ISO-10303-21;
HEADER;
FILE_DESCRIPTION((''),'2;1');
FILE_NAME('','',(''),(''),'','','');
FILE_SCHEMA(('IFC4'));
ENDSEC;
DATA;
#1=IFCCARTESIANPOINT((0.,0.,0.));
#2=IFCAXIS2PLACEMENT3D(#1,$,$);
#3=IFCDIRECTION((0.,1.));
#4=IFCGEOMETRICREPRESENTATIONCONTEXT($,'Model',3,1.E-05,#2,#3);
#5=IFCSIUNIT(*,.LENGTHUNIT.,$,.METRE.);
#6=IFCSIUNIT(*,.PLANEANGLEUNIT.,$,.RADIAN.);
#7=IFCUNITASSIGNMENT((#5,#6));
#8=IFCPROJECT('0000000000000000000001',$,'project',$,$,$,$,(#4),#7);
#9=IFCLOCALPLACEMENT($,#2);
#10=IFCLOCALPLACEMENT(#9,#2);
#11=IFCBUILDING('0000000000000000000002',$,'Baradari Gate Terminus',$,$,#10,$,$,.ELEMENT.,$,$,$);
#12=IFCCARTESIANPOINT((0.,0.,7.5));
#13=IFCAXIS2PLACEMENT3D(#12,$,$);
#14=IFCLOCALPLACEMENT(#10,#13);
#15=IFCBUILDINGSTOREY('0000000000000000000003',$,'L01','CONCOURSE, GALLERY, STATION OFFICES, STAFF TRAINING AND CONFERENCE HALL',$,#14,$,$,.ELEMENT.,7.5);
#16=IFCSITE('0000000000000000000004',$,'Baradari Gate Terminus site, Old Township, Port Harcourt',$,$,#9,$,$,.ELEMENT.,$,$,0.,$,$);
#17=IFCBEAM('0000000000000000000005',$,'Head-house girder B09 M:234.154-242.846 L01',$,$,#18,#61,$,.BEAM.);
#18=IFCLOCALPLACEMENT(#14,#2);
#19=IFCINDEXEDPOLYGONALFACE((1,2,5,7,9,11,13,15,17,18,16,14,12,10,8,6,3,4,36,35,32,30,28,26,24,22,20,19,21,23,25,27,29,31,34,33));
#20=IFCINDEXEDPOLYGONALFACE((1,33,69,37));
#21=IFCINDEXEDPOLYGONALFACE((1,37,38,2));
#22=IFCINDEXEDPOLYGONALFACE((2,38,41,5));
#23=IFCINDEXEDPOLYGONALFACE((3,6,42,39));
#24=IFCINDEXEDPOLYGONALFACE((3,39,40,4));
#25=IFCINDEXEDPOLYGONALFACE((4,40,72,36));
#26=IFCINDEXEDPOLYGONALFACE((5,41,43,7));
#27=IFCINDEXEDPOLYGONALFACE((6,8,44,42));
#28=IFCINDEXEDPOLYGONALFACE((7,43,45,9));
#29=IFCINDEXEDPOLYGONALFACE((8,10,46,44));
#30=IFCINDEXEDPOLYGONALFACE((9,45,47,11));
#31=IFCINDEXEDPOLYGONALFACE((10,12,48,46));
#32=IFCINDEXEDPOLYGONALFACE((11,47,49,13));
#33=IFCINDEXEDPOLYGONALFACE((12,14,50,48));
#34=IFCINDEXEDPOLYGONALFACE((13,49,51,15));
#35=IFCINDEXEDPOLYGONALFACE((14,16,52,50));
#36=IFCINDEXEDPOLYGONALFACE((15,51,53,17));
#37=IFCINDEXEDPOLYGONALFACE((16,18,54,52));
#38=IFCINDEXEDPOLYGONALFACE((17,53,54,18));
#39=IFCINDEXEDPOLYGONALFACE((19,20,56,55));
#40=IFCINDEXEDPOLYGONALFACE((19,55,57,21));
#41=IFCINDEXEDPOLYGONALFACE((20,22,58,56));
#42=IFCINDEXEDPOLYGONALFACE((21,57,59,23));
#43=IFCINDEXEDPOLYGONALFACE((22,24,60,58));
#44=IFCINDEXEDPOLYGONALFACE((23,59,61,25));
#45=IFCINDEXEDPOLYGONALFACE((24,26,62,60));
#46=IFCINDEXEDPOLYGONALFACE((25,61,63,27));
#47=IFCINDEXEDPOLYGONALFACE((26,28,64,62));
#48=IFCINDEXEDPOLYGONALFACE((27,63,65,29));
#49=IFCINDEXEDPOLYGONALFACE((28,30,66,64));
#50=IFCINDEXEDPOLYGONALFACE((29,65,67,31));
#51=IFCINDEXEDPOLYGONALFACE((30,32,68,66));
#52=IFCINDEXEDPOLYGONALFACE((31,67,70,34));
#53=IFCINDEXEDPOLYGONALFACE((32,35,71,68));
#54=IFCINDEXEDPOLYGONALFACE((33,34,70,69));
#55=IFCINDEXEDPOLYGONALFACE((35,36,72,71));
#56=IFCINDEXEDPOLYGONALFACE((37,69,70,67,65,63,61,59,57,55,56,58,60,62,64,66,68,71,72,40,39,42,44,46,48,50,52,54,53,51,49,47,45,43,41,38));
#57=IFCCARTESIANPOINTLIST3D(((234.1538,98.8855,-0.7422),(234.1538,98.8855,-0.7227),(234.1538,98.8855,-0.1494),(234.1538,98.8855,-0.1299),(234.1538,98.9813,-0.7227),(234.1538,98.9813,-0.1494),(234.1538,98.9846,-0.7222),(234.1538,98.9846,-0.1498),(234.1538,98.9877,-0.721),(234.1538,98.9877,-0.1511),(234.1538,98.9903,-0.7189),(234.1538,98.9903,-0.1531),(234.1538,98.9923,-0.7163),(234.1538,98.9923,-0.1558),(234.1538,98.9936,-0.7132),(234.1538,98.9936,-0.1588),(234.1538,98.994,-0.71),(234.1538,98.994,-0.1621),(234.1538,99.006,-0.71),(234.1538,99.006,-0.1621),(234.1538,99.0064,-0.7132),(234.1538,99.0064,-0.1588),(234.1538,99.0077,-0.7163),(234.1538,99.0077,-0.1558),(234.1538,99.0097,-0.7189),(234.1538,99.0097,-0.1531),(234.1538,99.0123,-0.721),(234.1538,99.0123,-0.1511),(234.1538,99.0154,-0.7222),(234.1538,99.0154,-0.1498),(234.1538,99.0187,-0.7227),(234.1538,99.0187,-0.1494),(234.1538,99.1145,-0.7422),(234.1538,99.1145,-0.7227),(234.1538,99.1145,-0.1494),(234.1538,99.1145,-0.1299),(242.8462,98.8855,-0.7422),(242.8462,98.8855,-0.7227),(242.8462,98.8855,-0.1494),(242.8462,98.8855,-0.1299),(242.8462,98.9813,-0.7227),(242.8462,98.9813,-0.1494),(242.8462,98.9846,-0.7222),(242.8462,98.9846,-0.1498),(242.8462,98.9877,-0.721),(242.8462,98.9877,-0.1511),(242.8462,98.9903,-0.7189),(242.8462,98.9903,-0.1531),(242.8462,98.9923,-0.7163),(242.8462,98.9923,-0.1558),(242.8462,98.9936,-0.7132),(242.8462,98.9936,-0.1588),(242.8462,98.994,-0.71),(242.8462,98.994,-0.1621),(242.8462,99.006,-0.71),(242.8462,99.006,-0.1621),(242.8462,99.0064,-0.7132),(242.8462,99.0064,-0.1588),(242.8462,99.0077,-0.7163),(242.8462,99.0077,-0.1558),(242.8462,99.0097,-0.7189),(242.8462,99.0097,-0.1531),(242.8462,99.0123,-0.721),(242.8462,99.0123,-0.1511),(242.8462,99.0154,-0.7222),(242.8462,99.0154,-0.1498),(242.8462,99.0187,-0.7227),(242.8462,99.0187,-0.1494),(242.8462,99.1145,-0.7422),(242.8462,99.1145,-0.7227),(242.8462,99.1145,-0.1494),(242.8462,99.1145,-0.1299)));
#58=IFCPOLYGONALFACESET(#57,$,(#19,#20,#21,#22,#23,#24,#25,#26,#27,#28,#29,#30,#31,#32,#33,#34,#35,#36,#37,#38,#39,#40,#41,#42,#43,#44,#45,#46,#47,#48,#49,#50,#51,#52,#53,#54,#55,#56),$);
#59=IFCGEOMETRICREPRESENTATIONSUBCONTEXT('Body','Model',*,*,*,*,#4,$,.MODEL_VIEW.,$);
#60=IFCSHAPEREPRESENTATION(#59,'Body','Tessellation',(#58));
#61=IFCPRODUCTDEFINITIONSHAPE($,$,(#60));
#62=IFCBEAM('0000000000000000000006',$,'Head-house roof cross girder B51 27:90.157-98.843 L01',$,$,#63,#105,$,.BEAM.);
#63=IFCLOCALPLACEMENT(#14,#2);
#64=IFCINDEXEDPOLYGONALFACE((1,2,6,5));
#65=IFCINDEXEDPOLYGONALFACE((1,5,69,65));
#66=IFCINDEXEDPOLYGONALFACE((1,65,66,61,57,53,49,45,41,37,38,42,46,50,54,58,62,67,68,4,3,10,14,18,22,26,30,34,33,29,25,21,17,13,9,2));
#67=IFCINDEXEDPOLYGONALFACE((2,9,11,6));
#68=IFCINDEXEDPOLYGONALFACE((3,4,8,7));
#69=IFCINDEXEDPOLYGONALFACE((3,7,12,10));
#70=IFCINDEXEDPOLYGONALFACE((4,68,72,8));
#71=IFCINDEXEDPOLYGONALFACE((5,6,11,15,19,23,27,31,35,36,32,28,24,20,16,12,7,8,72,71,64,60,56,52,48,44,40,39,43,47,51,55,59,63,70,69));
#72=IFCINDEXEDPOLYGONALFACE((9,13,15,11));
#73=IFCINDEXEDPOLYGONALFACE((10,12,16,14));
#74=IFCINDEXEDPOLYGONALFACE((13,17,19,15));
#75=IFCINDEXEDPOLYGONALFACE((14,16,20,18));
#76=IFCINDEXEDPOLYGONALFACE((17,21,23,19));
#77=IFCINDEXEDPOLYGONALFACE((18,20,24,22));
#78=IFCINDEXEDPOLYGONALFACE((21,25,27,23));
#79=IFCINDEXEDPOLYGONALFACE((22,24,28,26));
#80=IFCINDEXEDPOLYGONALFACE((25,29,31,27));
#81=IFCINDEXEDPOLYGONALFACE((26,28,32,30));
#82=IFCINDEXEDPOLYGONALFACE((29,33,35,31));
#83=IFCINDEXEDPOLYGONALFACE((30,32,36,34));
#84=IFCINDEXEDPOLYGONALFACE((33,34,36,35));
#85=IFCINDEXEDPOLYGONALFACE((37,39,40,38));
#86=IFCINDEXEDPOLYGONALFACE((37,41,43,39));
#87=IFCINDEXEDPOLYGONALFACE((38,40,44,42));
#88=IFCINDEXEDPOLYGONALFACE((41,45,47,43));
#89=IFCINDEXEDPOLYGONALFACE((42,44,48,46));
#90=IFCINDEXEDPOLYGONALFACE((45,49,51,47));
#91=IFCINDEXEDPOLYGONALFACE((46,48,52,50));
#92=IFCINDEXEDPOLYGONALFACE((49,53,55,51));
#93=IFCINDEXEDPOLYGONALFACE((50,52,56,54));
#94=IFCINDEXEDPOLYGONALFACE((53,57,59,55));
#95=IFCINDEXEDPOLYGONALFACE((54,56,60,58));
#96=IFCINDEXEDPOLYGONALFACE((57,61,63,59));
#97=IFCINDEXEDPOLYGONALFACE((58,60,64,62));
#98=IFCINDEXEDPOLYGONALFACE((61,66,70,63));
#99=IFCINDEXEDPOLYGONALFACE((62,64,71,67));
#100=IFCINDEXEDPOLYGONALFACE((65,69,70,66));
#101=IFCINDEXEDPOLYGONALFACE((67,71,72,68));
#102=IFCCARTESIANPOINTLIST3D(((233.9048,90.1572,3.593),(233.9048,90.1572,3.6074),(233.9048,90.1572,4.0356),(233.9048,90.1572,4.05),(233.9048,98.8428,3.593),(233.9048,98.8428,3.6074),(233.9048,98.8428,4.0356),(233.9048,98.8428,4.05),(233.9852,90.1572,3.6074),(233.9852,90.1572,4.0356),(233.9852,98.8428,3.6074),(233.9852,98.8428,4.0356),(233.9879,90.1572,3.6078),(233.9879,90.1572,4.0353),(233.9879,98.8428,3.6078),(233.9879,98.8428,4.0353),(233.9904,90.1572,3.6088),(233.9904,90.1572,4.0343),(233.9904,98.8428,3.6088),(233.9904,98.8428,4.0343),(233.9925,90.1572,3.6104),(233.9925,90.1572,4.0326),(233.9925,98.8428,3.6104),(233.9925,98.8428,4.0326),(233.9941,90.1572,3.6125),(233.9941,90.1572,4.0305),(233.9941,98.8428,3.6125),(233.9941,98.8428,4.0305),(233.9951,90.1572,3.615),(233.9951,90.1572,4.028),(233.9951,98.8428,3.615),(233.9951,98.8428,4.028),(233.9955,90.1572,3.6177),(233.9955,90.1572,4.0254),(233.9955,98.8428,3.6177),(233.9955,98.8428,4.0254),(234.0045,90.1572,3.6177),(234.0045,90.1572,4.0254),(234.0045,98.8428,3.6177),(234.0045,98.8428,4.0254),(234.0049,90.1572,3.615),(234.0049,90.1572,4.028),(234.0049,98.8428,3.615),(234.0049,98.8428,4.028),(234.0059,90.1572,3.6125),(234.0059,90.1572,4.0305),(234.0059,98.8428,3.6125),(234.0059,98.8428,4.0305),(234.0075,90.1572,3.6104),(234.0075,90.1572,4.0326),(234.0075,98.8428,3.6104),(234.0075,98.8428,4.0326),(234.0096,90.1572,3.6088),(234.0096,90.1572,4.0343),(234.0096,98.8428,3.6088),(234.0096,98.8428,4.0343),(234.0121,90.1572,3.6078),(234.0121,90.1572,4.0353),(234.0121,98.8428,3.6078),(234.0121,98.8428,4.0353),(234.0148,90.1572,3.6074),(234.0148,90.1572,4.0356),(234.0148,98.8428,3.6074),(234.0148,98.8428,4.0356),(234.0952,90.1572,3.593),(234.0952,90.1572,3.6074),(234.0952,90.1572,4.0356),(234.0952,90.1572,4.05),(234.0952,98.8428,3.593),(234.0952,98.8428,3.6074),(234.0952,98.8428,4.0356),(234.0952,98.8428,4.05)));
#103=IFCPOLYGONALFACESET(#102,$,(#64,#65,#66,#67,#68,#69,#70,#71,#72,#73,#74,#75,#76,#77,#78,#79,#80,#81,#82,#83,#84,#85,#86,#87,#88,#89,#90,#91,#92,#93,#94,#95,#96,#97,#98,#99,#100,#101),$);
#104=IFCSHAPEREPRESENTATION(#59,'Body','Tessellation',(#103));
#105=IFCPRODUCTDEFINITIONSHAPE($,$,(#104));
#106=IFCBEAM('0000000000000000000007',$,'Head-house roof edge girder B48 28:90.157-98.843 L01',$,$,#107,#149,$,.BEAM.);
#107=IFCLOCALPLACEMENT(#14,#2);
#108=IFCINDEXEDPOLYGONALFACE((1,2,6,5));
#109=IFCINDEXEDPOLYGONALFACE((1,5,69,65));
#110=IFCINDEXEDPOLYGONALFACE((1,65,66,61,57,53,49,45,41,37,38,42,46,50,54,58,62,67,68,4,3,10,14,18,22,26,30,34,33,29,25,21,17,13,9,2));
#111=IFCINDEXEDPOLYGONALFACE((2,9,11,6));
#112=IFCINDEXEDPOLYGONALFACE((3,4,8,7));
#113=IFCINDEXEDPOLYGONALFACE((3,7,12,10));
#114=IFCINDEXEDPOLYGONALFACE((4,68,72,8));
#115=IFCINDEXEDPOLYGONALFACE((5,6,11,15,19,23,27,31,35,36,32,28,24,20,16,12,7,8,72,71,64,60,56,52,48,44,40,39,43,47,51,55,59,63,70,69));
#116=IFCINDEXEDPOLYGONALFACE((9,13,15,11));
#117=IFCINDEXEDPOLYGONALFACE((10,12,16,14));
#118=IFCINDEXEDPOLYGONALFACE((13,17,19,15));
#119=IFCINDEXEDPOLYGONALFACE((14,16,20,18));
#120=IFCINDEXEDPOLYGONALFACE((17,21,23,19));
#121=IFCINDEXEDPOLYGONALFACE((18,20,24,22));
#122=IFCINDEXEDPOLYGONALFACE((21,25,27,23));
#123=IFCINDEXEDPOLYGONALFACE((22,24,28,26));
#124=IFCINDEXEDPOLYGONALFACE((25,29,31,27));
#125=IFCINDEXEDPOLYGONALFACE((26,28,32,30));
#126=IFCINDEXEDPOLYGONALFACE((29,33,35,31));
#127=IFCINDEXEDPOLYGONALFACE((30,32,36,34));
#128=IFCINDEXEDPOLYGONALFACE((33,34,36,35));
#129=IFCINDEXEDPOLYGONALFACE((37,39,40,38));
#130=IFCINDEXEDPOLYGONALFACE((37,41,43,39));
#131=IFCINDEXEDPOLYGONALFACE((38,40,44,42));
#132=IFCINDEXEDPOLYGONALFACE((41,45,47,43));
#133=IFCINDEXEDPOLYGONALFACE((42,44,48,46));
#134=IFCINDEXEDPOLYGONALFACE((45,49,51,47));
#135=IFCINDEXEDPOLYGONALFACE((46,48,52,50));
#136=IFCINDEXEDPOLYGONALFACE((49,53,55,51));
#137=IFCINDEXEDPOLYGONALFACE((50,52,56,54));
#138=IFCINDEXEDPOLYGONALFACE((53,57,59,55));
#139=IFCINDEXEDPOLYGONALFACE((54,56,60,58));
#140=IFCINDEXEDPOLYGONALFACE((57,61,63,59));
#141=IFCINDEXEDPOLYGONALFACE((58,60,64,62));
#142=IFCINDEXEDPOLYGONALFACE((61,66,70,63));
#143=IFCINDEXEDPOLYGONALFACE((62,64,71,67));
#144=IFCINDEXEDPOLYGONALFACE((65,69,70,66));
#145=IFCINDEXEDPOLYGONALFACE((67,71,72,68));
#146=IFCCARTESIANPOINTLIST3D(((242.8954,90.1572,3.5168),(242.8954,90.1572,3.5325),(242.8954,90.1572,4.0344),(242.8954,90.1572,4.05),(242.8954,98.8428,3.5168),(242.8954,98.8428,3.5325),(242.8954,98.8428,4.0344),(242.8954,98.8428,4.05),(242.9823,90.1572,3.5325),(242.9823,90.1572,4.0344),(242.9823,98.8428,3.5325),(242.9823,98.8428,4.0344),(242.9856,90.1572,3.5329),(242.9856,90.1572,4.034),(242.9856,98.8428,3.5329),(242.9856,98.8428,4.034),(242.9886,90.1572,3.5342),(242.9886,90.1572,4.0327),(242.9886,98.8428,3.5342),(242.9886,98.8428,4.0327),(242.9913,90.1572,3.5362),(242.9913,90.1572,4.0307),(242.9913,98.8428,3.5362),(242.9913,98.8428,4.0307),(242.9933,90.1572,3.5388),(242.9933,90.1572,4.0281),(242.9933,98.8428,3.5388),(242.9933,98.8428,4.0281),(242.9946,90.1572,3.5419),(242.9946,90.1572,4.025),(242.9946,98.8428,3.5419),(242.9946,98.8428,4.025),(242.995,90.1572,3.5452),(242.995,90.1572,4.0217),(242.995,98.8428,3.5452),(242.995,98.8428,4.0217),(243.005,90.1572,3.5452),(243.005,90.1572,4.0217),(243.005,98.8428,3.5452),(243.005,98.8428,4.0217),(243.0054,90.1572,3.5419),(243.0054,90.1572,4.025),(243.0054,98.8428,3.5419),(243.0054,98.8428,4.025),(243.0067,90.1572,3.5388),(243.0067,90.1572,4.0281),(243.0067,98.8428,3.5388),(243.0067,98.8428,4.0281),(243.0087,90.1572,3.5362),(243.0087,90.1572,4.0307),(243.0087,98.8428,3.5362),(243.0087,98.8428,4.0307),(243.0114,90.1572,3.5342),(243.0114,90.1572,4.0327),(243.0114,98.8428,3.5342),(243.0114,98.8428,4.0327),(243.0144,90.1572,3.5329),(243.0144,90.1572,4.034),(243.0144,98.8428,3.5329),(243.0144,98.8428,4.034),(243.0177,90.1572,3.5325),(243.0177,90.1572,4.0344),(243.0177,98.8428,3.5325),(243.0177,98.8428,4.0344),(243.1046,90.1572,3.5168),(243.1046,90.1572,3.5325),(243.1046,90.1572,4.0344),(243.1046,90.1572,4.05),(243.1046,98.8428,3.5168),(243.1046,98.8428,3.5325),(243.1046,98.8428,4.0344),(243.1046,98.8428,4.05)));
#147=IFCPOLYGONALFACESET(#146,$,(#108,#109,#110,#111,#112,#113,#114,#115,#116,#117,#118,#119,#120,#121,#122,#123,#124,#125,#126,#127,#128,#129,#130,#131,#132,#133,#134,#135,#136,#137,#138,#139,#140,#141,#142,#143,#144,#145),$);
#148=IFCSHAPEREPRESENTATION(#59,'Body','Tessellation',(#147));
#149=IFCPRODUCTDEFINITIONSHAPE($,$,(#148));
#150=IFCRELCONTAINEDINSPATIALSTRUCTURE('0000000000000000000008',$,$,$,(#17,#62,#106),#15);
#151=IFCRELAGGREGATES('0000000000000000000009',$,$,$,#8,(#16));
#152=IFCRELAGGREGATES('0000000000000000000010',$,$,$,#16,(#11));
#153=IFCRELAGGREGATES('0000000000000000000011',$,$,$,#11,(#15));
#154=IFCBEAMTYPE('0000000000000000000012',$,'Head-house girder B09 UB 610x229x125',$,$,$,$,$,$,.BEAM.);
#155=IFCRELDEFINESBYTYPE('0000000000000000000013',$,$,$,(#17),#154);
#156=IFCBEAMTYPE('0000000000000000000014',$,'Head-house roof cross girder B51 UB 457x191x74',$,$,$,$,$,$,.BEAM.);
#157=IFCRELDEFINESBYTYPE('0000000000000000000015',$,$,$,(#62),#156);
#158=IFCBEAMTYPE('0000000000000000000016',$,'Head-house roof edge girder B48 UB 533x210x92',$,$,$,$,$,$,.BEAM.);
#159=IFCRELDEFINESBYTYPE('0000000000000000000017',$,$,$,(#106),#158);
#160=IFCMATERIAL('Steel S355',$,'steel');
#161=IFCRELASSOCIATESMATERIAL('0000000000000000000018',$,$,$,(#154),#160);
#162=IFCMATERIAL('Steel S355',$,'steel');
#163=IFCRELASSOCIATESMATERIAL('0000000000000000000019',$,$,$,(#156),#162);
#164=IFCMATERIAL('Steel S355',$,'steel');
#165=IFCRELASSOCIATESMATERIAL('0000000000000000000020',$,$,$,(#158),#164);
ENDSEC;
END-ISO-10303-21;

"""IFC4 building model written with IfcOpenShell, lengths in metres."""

from ifc_helpers import new_model, si_unit, direction, frame, origin, origin_2d, place, context, subcontext, project, spatial, i_section, extrude, material, material_profile, profile_set, type_object, element, save


model = new_model("IFC4")

# Units and contexts
model_context = context("Model", 3, precision=1e-05, world=origin(), true_north=direction((0.0, 1.0)))
body_context = subcontext(model_context, "Body", "Model", "MODEL_VIEW")
ifc_project = project(units=[si_unit("LENGTHUNIT", "METRE"), si_unit("PLANEANGLEUNIT", "RADIAN")], contexts=[model_context])

# Site, building, storey
site_placement = place(None, origin())
site = spatial("IfcSite", under=ifc_project, at=site_placement, Name="Baradari Gate Terminus site, Old Township, Port Harcourt", CompositionType="ELEMENT", RefElevation=0.0)
building_placement = place(site_placement, origin())
building = spatial("IfcBuilding", under=site, at=building_placement, Name="Baradari Gate Terminus", CompositionType="ELEMENT")
storey_placement = place(building_placement, frame((0.0, 0.0, 7.5)))
storey = spatial("IfcBuildingStorey", under=building, at=storey_placement, Name="L01", Description="CONCOURSE, GALLERY, STATION OFFICES, STAFF TRAINING AND CONFERENCE HALL", CompositionType="ELEMENT", Elevation=7.5)

# Beams
ifc_material_1 = material(Name="Steel S355", Category="steel")
ifc_material_profile_1 = material_profile(ifc_material_1, i_section(OverallWidth=0.229, OverallDepth=0.6123, WebThickness=0.012, FlangeThickness=0.0195, FilletRadius=0.0127, at=origin_2d()), Name="UB 610x229x125")
ifc_profile_set_1 = profile_set([ifc_material_profile_1], Name="Steel S355")
beam_type_1 = type_object("IfcBeamType", Name="Head-house girder B09 UB 610x229x125", PredefinedType="BEAM", material=ifc_profile_set_1)
beam_1_placement = place(storey_placement, frame((234.1538, 99.0, -0.436), z_axis=(1.0, 0.0, 0.0), x_axis=(0.0, 1.0, 0.0)))
element("IfcBeam", 1, at=beam_1_placement, inside=storey, type_object=beam_type_1, Name="Head-house girder B09 M:234.154-242.846 L01", PredefinedType="BEAM", context=body_context, shape_type="SweptSolid", body=[
    extrude(i_section(OverallWidth=0.229, OverallDepth=0.6123, WebThickness=0.012, FlangeThickness=0.0195, FilletRadius=0.0127, at=origin_2d()), origin(), (0.0, 0.0, 1.0), 8.6924),
])
ifc_material_2 = material(Name="Steel S355", Category="steel")
ifc_material_profile_2 = material_profile(ifc_material_2, i_section(OverallWidth=0.1904, OverallDepth=0.457, WebThickness=0.009, FlangeThickness=0.0144, FilletRadius=0.0103, at=origin_2d()), Name="UB 457x191x74")
ifc_profile_set_2 = profile_set([ifc_material_profile_2], Name="Steel S355")
beam_type_2 = type_object("IfcBeamType", Name="Head-house roof cross girder B51 UB 457x191x74", PredefinedType="BEAM", material=ifc_profile_set_2)
beam_2_placement = place(storey_placement, frame((234.0, 90.1572, 3.8215), z_axis=(0.0, 1.0, 0.0), x_axis=(-1.0, 0.0, 0.0)))
element("IfcBeam", 2, at=beam_2_placement, inside=storey, type_object=beam_type_2, Name="Head-house roof cross girder B51 27:90.157-98.843 L01", PredefinedType="BEAM", context=body_context, shape_type="SweptSolid", body=[
    extrude(i_section(OverallWidth=0.1904, OverallDepth=0.457, WebThickness=0.009, FlangeThickness=0.0144, FilletRadius=0.0103, at=origin_2d()), origin(), (0.0, 0.0, 1.0), 8.6855),
])
ifc_material_3 = material(Name="Steel S355", Category="steel")
ifc_material_profile_3 = material_profile(ifc_material_3, i_section(OverallWidth=0.2092, OverallDepth=0.5332, WebThickness=0.01, FlangeThickness=0.0156, FilletRadius=0.0127, at=origin_2d()), Name="UB 533x210x92")
ifc_profile_set_3 = profile_set([ifc_material_profile_3], Name="Steel S355")
beam_type_3 = type_object("IfcBeamType", Name="Head-house roof edge girder B48 UB 533x210x92", PredefinedType="BEAM", material=ifc_profile_set_3)
beam_3_placement = place(storey_placement, frame((243.0, 90.1572, 3.7834), z_axis=(0.0, 1.0, 0.0), x_axis=(-1.0, 0.0, 0.0)))
element("IfcBeam", 3, at=beam_3_placement, inside=storey, type_object=beam_type_3, Name="Head-house roof edge girder B48 28:90.157-98.843 L01", PredefinedType="BEAM", context=body_context, shape_type="SweptSolid", body=[
    extrude(i_section(OverallWidth=0.2092, OverallDepth=0.5332, WebThickness=0.01, FlangeThickness=0.0156, FilletRadius=0.0127, at=origin_2d()), origin(), (0.0, 0.0, 1.0), 8.6855),
])

save(model, "model.ifc")
